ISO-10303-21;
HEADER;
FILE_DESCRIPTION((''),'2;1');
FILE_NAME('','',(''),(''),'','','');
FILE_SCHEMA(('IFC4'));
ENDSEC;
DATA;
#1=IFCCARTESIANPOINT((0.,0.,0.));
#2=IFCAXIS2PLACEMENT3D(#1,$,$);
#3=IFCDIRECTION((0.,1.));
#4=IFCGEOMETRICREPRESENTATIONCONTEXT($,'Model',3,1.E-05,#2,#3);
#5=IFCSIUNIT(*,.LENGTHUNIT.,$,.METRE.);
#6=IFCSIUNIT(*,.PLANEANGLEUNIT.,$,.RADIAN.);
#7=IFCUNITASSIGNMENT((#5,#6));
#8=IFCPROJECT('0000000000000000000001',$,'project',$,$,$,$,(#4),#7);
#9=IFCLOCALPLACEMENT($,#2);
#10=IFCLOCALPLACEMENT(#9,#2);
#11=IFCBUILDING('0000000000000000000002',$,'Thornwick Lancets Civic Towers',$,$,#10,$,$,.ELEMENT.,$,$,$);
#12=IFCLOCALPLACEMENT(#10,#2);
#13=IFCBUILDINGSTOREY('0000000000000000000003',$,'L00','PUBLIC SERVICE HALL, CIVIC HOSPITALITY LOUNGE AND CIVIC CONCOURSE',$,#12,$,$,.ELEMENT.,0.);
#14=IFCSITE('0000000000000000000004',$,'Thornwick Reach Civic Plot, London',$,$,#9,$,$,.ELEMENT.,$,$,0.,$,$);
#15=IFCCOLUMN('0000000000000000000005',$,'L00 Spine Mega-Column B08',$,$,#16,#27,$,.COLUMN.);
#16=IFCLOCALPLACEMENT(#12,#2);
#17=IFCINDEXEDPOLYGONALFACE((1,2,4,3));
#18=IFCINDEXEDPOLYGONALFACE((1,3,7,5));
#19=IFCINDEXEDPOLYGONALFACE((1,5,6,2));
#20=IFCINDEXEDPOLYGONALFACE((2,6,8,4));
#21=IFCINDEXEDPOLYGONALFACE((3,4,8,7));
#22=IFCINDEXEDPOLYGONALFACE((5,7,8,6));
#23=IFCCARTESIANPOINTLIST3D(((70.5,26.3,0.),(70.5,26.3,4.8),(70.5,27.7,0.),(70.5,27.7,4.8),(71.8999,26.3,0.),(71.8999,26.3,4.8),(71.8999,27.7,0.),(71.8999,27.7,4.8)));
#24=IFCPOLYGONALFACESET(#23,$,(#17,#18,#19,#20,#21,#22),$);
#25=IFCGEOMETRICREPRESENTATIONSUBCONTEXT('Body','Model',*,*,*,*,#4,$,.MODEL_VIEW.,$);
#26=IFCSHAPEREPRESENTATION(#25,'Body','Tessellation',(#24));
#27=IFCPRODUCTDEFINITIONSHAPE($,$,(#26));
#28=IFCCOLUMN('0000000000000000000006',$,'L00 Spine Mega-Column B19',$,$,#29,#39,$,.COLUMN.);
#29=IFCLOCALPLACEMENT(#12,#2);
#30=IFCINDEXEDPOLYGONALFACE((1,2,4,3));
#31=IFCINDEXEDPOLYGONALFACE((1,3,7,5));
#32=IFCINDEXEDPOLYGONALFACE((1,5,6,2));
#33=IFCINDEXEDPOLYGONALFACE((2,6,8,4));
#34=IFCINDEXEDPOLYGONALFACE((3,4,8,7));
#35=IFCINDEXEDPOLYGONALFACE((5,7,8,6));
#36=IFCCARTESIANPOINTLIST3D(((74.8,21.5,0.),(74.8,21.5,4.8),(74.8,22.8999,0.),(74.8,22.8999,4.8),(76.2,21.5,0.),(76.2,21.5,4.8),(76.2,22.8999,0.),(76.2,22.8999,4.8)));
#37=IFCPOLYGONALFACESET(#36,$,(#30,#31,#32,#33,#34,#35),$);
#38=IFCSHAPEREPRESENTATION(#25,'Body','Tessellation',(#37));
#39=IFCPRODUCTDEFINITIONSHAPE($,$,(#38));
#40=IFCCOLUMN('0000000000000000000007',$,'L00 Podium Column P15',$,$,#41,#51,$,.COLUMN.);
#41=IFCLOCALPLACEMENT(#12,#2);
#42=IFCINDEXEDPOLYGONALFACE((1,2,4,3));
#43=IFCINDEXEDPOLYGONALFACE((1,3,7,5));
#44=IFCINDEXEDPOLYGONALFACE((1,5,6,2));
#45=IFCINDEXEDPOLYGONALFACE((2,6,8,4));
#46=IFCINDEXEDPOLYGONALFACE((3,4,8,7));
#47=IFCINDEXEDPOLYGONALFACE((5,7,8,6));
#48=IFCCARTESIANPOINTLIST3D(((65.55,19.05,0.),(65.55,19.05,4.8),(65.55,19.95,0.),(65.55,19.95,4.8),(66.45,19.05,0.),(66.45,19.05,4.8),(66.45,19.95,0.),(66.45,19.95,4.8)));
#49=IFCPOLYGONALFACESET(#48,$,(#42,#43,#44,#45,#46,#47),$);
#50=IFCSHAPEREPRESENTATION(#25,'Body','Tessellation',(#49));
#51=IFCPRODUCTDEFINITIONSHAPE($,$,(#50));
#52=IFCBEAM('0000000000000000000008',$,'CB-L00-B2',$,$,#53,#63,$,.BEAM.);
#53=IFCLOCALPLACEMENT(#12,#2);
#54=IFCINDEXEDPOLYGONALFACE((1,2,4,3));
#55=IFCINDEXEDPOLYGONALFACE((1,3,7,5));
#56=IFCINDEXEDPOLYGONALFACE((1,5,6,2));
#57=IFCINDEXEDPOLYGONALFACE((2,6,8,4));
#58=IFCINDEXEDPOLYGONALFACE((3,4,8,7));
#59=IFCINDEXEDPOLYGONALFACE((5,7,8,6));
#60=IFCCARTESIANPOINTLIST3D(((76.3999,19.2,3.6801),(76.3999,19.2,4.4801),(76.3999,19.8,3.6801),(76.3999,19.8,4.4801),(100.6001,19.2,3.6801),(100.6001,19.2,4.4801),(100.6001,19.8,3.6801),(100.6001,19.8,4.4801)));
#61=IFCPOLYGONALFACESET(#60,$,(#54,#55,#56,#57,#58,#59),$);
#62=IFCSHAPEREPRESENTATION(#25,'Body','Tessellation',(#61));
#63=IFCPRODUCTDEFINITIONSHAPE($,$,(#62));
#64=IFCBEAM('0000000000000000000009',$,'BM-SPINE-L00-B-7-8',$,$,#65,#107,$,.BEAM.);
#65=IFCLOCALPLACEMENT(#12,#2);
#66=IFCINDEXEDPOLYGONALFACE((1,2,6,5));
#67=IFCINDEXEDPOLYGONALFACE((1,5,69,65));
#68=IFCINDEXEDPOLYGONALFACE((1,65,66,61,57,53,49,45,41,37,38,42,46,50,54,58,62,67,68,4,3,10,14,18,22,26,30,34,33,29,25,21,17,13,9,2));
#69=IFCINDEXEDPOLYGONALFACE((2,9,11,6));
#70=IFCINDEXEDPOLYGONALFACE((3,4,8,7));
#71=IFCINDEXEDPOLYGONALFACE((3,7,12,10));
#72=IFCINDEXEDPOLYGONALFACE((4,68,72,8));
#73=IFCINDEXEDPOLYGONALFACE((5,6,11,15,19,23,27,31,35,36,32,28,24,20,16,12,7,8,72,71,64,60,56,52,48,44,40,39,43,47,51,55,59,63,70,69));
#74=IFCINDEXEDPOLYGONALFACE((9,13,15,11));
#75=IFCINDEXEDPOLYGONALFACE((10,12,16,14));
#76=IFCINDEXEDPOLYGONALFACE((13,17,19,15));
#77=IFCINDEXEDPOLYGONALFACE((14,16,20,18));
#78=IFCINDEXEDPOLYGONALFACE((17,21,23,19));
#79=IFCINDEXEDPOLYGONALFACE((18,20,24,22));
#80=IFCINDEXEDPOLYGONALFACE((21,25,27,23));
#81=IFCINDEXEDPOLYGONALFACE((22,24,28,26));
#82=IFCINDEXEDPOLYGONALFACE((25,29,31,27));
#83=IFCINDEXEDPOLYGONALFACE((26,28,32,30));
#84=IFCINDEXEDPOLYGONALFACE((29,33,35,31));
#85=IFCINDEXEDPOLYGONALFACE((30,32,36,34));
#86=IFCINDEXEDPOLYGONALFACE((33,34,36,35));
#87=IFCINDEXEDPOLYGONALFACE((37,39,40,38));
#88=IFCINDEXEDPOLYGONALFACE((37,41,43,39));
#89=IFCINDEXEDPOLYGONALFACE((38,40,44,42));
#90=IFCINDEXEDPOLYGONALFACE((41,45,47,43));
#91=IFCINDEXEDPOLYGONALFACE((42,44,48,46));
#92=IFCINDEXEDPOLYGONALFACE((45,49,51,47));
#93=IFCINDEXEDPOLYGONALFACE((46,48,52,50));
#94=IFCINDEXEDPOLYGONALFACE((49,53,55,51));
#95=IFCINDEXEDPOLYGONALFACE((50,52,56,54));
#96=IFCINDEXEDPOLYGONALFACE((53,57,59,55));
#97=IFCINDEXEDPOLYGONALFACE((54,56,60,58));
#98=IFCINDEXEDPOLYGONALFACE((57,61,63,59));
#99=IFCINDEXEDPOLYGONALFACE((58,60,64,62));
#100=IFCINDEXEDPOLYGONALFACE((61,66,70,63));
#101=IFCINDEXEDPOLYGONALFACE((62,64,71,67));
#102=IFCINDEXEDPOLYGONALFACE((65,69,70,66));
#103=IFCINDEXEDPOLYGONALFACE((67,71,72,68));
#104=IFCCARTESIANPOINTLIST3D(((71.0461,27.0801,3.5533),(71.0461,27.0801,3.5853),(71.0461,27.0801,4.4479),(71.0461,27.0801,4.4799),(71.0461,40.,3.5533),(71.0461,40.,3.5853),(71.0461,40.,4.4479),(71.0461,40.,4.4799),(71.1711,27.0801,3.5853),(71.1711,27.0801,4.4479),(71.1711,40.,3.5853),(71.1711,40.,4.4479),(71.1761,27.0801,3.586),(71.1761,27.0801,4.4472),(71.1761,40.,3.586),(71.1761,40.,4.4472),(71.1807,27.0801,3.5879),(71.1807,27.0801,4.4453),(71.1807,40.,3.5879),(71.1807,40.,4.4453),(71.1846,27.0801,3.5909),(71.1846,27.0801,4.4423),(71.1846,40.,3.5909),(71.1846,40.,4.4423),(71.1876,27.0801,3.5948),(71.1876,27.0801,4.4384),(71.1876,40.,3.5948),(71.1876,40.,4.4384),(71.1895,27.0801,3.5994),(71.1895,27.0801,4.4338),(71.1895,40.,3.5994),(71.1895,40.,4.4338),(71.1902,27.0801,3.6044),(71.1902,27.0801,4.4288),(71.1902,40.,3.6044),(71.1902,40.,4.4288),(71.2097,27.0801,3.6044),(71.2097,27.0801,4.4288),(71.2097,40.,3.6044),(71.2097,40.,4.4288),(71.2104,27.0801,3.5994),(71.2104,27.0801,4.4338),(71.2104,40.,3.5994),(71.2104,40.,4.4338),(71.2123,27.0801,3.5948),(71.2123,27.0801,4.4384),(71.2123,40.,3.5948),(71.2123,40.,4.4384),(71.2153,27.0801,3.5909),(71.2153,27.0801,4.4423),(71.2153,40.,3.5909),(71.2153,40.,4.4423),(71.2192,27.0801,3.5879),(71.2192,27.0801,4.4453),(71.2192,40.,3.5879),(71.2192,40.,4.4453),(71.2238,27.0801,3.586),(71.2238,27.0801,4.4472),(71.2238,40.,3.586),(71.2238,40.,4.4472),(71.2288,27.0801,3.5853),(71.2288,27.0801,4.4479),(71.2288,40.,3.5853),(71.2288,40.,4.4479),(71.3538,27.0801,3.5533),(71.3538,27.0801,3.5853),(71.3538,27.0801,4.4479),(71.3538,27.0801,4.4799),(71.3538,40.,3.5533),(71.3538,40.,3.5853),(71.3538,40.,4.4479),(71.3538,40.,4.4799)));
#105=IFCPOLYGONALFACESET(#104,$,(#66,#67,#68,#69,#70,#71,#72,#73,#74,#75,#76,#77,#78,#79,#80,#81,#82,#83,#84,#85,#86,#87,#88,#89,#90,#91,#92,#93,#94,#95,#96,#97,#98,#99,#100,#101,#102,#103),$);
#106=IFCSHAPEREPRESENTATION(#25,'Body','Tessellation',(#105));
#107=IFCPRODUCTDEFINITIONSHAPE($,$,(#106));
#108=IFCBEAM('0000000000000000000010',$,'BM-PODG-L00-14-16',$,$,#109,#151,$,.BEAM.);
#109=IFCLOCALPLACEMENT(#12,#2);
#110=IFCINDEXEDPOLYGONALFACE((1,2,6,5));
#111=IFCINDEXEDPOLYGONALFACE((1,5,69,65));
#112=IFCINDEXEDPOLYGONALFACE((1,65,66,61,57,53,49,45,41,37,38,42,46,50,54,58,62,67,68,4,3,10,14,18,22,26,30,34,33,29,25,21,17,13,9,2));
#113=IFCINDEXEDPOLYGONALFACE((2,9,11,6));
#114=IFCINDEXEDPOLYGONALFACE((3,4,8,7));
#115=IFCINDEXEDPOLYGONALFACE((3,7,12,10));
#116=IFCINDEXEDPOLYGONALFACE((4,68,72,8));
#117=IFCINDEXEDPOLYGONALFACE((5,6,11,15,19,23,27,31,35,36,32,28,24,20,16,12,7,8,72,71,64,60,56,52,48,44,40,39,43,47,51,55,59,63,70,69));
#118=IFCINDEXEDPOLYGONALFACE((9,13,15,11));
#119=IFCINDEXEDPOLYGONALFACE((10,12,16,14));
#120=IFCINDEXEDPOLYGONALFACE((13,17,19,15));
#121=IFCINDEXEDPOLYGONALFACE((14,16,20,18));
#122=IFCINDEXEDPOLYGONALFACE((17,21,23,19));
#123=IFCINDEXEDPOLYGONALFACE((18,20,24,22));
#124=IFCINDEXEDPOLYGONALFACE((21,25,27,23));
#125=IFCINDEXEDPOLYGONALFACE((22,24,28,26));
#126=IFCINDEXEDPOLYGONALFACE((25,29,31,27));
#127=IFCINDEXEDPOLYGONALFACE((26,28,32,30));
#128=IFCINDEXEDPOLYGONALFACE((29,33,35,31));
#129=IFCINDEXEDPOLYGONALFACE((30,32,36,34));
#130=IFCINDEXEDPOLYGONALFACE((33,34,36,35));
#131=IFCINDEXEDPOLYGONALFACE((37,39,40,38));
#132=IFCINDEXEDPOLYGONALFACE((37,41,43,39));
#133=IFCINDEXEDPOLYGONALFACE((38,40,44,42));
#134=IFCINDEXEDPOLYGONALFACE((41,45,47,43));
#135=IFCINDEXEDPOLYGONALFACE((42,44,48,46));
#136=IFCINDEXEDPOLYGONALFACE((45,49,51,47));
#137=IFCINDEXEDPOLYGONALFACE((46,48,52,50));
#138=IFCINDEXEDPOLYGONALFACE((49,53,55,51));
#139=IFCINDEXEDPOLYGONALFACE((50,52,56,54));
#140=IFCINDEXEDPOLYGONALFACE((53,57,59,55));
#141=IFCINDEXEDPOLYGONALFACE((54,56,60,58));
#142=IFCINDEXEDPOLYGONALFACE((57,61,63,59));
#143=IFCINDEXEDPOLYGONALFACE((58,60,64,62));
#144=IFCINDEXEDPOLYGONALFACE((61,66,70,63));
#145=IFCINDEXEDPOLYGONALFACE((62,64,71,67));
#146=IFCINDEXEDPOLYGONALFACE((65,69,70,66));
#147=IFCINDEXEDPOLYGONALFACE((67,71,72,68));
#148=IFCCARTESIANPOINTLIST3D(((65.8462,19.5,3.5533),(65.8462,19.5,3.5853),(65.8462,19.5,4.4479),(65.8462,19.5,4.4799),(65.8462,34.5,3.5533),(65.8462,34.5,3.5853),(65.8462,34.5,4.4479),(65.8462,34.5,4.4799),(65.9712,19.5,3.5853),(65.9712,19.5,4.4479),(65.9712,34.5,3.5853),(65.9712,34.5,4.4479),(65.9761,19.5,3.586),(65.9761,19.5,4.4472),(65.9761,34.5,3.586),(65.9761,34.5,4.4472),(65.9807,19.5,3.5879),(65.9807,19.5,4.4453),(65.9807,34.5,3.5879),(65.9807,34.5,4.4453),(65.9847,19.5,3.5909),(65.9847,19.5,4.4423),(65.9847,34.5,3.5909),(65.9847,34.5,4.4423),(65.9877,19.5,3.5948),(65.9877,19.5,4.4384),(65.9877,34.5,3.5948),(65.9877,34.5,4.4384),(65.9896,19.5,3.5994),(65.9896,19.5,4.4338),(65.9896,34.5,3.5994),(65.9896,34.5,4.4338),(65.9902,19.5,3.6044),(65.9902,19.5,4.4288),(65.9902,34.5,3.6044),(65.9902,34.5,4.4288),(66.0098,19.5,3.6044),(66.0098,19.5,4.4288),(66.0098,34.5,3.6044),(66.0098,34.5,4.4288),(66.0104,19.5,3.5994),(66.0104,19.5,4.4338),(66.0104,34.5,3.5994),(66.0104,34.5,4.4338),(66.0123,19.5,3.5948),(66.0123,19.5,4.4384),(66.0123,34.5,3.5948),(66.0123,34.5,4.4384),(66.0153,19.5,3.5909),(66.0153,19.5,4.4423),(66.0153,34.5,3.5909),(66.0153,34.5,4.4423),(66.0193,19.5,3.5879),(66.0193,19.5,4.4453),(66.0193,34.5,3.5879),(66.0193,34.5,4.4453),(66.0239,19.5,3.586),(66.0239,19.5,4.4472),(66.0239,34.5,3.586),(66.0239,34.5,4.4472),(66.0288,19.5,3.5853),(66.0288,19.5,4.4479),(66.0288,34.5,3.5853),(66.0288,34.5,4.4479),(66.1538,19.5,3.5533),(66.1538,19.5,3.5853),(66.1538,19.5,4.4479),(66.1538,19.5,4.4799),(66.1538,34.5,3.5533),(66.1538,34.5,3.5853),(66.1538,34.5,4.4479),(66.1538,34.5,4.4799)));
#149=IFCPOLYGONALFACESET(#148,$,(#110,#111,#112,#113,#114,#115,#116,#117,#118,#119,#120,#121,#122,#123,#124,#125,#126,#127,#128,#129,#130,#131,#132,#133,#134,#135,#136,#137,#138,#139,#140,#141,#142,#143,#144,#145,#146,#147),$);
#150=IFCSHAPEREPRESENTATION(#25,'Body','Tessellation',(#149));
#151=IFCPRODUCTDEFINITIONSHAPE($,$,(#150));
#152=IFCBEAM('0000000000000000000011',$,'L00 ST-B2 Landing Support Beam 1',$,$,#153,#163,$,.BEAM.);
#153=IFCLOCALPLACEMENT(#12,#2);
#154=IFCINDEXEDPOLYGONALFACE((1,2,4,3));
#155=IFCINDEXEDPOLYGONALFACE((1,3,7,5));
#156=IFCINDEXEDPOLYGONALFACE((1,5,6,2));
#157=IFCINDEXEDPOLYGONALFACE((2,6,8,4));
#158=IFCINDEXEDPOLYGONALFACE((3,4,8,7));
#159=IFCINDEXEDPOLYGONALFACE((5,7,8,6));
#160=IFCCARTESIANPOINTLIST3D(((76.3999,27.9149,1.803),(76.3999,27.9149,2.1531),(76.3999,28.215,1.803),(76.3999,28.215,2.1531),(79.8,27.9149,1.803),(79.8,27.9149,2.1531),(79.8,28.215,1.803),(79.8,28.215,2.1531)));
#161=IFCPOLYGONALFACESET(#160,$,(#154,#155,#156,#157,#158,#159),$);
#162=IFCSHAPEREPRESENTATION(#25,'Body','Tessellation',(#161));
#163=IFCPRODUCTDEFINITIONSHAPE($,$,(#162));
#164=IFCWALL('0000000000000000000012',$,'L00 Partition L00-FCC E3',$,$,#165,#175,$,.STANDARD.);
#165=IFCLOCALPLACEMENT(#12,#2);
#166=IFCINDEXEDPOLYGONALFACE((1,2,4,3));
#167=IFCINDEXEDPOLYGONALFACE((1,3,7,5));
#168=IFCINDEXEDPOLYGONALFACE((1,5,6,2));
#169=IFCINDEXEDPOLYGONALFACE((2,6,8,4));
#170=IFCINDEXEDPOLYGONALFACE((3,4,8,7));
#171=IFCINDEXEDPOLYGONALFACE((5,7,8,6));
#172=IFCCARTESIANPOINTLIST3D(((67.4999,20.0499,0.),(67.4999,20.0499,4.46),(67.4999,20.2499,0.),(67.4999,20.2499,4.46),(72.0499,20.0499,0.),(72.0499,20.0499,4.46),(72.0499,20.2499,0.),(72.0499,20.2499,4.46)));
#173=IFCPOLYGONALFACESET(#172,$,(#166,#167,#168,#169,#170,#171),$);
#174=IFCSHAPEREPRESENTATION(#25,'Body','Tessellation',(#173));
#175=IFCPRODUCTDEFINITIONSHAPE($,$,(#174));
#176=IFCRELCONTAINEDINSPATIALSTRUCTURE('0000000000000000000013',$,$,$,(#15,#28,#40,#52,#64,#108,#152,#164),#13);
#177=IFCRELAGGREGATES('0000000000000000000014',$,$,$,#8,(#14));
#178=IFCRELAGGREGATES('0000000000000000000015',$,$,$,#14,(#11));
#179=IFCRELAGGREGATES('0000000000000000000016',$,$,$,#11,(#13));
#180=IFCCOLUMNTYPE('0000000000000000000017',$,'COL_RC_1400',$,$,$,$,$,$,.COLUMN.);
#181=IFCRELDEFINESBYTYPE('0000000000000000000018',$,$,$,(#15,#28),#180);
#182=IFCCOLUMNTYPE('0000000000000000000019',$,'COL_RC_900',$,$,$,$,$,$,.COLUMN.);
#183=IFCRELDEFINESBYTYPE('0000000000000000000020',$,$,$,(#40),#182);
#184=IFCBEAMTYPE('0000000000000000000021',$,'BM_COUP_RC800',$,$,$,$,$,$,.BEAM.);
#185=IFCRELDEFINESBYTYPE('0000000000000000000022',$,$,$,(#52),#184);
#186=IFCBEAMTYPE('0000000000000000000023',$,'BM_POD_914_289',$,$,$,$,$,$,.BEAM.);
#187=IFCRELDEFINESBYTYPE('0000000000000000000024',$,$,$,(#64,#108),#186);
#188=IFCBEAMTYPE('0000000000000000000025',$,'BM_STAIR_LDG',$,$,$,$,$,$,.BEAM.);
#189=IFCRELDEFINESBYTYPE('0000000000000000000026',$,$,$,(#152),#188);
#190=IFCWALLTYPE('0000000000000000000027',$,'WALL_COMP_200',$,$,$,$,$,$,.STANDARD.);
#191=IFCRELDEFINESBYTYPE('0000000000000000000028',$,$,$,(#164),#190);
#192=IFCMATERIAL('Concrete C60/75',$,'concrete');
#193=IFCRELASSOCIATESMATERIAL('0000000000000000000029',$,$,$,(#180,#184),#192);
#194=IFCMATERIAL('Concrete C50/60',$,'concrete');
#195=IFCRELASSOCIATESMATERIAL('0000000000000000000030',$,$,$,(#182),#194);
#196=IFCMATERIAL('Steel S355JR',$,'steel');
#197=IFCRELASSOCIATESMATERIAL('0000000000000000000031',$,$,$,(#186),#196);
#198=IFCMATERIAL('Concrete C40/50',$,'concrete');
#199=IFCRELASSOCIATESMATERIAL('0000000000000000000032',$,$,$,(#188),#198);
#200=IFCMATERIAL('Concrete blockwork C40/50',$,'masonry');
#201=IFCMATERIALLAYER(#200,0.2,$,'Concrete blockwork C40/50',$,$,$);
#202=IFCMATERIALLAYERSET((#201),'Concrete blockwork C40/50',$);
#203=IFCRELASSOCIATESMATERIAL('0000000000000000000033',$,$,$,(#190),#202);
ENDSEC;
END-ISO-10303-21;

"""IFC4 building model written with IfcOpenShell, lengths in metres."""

from ifc_helpers import new_model, si_unit, direction, frame, frame_2d, origin, origin_2d, place, context, subcontext, project, spatial, rectangle, i_section, extrude, material, layer, layer_set, material_profile, profile_set, type_object, element, save


model = new_model("IFC4")

# Units and contexts
model_context = context("Model", 3, precision=1e-05, world=origin(), true_north=direction((0.0, 1.0)))
body_context = subcontext(model_context, "Body", "Model", "MODEL_VIEW")
ifc_project = project(units=[si_unit("LENGTHUNIT", "METRE"), si_unit("PLANEANGLEUNIT", "RADIAN")], contexts=[model_context])

# Site, building, storey
site_placement = place(None, origin())
site = spatial("IfcSite", under=ifc_project, at=site_placement, Name="Thornwick Reach Civic Plot, London", CompositionType="ELEMENT", RefElevation=0.0)
building_placement = place(site_placement, origin())
building = spatial("IfcBuilding", under=site, at=building_placement, Name="Thornwick Lancets Civic Towers", CompositionType="ELEMENT")
storey_placement = place(building_placement, origin())
storey = spatial("IfcBuildingStorey", under=building, at=storey_placement, Name="L00", Description="PUBLIC SERVICE HALL, CIVIC HOSPITALITY LOUNGE AND CIVIC CONCOURSE", CompositionType="ELEMENT", Elevation=0.0)

# Columns
ifc_material_1 = material(Name="Concrete C60/75", Category="concrete")
ifc_material_profile_1 = material_profile(ifc_material_1, rectangle(XDim=1.3999, YDim=1.3999, at=origin_2d()), Name="RC 1400x1400")
ifc_profile_set_1 = profile_set([ifc_material_profile_1], Name="Concrete C60/75")
column_type_1 = type_object("IfcColumnType", Name="COL_RC_1400", PredefinedType="COLUMN", material=ifc_profile_set_1)
for number, where, z_axis, x_axis, name in (
    (1, (71.2, 27.0, 0.0), (0.0, 0.0, 1.0), (1.0, 0.0, 0.0), "L00 Spine Mega-Column B08"),
    (2, (75.5, 22.2, 0.0), (0.0, 0.0, 1.0), (1.0, 0.0, 0.0), "L00 Spine Mega-Column B19"),
):
    element("IfcColumn", number, at=place(storey_placement, frame(where, z_axis=z_axis, x_axis=x_axis)), inside=storey, type_object=column_type_1, Name=name, PredefinedType="COLUMN", context=body_context, shape_type="SweptSolid", body=[
        extrude(rectangle(XDim=1.3999, YDim=1.3999, at=origin_2d()), origin(), (0.0, 0.0, 1.0), 4.8),
    ])
ifc_material_2 = material(Name="Concrete C50/60", Category="concrete")
ifc_material_profile_2 = material_profile(ifc_material_2, rectangle(XDim=0.8999, YDim=0.8999, at=origin_2d()), Name="RC 900x900")
ifc_profile_set_2 = profile_set([ifc_material_profile_2], Name="Concrete C50/60")
column_type_2 = type_object("IfcColumnType", Name="COL_RC_900", PredefinedType="COLUMN", material=ifc_profile_set_2)
column_placement = place(storey_placement, frame((66.0, 19.5, 0.0), z_axis=(0.0, 0.0, 1.0), x_axis=(1.0, 0.0, 0.0)))
element("IfcColumn", 3, at=column_placement, inside=storey, type_object=column_type_2, Name="L00 Podium Column P15", PredefinedType="COLUMN", context=body_context, shape_type="SweptSolid", body=[
    extrude(rectangle(XDim=0.8999, YDim=0.8999, at=origin_2d()), origin(), (0.0, 0.0, 1.0), 4.8),
])

# Beams
ifc_material_profile_3 = material_profile(ifc_material_1, rectangle(XDim=0.6001, YDim=0.8, at=origin_2d()), Name="RC 600x800")
ifc_profile_set_3 = profile_set([ifc_material_profile_3], Name="Concrete C60/75")
beam_type_1 = type_object("IfcBeamType", Name="BM_COUP_RC800", PredefinedType="BEAM", material=ifc_profile_set_3)
beam_1_placement = place(storey_placement, frame((76.3999, 19.5, 4.0801), z_axis=(1.0, 0.0, 0.0), x_axis=(0.0, 1.0, 0.0)))
element("IfcBeam", 4, at=beam_1_placement, inside=storey, type_object=beam_type_1, Name="CB-L00-B2", PredefinedType="BEAM", context=body_context, shape_type="SweptSolid", body=[
    extrude(rectangle(XDim=0.6001, YDim=0.8, at=origin_2d()), origin(), (0.0, 0.0, 1.0), 24.2002),
])
ifc_material_3 = material(Name="Steel S355JR", Category="steel")
ifc_material_profile_4 = material_profile(ifc_material_3, i_section(OverallWidth=0.3076, OverallDepth=0.9265, WebThickness=0.0195, FlangeThickness=0.032, FilletRadius=0.019, at=origin_2d()), Name="UKB 914x305x289")
ifc_profile_set_4 = profile_set([ifc_material_profile_4], Name="Steel S355JR")
beam_type_2 = type_object("IfcBeamType", Name="BM_POD_914_289", PredefinedType="BEAM", material=ifc_profile_set_4)
beam_2_placement = place(storey_placement, frame((71.2, 27.0801, 4.0166), z_axis=(0.0, 1.0, 0.0), x_axis=(-1.0, 0.0, 0.0)))
element("IfcBeam", 5, at=beam_2_placement, inside=storey, type_object=beam_type_2, Name="BM-SPINE-L00-B-7-8", PredefinedType="BEAM", context=body_context, shape_type="SweptSolid", body=[
    extrude(i_section(OverallWidth=0.3076, OverallDepth=0.9265, WebThickness=0.0195, FlangeThickness=0.032, FilletRadius=0.019, at=origin_2d()), origin(), (0.0, 0.0, 1.0), 12.9199),
])
beam_3_placement = place(storey_placement, frame((66.0, 19.5, 4.0166), z_axis=(0.0, 1.0, 0.0), x_axis=(-1.0, 0.0, 0.0)))
element("IfcBeam", 6, at=beam_3_placement, inside=storey, type_object=beam_type_2, Name="BM-PODG-L00-14-16", PredefinedType="BEAM", context=body_context, shape_type="SweptSolid", body=[
    extrude(i_section(OverallWidth=0.3076, OverallDepth=0.9265, WebThickness=0.0195, FlangeThickness=0.032, FilletRadius=0.019, at=origin_2d()), origin(), (0.0, 0.0, 1.0), 15.0),
])
ifc_material_4 = material(Name="Concrete C40/50", Category="concrete")
ifc_material_profile_5 = material_profile(ifc_material_4, rectangle(XDim=0.3, YDim=0.3501, at=origin_2d()), Name="RC 300x350")
ifc_profile_set_5 = profile_set([ifc_material_profile_5], Name="Concrete C40/50")
beam_type_3 = type_object("IfcBeamType", Name="BM_STAIR_LDG", PredefinedType="BEAM", material=ifc_profile_set_5)
beam_4_placement = place(storey_placement, frame((76.3999, 28.0649, 1.978), z_axis=(1.0, 0.0, 0.0), x_axis=(0.0, 1.0, 0.0)))
element("IfcBeam", 7, at=beam_4_placement, inside=storey, type_object=beam_type_3, Name="L00 ST-B2 Landing Support Beam 1", PredefinedType="BEAM", context=body_context, shape_type="SweptSolid", body=[
    extrude(rectangle(XDim=0.3, YDim=0.3501, at=origin_2d()), origin(), (0.0, 0.0, 1.0), 3.4001),
])

# Wall
ifc_material_5 = material(Name="Concrete blockwork C40/50", Category="masonry")
ifc_layer_1 = layer(ifc_material_5, 0.2, Name="Concrete blockwork C40/50")
ifc_layer_set_1 = layer_set([ifc_layer_1], Name="Concrete blockwork C40/50")
wall_type_1 = type_object("IfcWallType", Name="WALL_COMP_200", PredefinedType="STANDARD", material=ifc_layer_set_1)
wall_1_placement = place(storey_placement, frame((67.5, 20.1499, 0.0), z_axis=(0.0, 0.0, 1.0), x_axis=(1.0, 0.0, 0.0)))
element("IfcWall", 8, at=wall_1_placement, inside=storey, type_object=wall_type_1, Name="L00 Partition L00-FCC E3", PredefinedType="STANDARD", context=body_context, shape_type="SweptSolid", body=[
    extrude(rectangle(XDim=4.55, YDim=0.2, at=frame_2d((2.2749, 0.0))), origin(), (0.0, 0.0, 1.0), 4.46),
])

save(model, "model.ifc")
